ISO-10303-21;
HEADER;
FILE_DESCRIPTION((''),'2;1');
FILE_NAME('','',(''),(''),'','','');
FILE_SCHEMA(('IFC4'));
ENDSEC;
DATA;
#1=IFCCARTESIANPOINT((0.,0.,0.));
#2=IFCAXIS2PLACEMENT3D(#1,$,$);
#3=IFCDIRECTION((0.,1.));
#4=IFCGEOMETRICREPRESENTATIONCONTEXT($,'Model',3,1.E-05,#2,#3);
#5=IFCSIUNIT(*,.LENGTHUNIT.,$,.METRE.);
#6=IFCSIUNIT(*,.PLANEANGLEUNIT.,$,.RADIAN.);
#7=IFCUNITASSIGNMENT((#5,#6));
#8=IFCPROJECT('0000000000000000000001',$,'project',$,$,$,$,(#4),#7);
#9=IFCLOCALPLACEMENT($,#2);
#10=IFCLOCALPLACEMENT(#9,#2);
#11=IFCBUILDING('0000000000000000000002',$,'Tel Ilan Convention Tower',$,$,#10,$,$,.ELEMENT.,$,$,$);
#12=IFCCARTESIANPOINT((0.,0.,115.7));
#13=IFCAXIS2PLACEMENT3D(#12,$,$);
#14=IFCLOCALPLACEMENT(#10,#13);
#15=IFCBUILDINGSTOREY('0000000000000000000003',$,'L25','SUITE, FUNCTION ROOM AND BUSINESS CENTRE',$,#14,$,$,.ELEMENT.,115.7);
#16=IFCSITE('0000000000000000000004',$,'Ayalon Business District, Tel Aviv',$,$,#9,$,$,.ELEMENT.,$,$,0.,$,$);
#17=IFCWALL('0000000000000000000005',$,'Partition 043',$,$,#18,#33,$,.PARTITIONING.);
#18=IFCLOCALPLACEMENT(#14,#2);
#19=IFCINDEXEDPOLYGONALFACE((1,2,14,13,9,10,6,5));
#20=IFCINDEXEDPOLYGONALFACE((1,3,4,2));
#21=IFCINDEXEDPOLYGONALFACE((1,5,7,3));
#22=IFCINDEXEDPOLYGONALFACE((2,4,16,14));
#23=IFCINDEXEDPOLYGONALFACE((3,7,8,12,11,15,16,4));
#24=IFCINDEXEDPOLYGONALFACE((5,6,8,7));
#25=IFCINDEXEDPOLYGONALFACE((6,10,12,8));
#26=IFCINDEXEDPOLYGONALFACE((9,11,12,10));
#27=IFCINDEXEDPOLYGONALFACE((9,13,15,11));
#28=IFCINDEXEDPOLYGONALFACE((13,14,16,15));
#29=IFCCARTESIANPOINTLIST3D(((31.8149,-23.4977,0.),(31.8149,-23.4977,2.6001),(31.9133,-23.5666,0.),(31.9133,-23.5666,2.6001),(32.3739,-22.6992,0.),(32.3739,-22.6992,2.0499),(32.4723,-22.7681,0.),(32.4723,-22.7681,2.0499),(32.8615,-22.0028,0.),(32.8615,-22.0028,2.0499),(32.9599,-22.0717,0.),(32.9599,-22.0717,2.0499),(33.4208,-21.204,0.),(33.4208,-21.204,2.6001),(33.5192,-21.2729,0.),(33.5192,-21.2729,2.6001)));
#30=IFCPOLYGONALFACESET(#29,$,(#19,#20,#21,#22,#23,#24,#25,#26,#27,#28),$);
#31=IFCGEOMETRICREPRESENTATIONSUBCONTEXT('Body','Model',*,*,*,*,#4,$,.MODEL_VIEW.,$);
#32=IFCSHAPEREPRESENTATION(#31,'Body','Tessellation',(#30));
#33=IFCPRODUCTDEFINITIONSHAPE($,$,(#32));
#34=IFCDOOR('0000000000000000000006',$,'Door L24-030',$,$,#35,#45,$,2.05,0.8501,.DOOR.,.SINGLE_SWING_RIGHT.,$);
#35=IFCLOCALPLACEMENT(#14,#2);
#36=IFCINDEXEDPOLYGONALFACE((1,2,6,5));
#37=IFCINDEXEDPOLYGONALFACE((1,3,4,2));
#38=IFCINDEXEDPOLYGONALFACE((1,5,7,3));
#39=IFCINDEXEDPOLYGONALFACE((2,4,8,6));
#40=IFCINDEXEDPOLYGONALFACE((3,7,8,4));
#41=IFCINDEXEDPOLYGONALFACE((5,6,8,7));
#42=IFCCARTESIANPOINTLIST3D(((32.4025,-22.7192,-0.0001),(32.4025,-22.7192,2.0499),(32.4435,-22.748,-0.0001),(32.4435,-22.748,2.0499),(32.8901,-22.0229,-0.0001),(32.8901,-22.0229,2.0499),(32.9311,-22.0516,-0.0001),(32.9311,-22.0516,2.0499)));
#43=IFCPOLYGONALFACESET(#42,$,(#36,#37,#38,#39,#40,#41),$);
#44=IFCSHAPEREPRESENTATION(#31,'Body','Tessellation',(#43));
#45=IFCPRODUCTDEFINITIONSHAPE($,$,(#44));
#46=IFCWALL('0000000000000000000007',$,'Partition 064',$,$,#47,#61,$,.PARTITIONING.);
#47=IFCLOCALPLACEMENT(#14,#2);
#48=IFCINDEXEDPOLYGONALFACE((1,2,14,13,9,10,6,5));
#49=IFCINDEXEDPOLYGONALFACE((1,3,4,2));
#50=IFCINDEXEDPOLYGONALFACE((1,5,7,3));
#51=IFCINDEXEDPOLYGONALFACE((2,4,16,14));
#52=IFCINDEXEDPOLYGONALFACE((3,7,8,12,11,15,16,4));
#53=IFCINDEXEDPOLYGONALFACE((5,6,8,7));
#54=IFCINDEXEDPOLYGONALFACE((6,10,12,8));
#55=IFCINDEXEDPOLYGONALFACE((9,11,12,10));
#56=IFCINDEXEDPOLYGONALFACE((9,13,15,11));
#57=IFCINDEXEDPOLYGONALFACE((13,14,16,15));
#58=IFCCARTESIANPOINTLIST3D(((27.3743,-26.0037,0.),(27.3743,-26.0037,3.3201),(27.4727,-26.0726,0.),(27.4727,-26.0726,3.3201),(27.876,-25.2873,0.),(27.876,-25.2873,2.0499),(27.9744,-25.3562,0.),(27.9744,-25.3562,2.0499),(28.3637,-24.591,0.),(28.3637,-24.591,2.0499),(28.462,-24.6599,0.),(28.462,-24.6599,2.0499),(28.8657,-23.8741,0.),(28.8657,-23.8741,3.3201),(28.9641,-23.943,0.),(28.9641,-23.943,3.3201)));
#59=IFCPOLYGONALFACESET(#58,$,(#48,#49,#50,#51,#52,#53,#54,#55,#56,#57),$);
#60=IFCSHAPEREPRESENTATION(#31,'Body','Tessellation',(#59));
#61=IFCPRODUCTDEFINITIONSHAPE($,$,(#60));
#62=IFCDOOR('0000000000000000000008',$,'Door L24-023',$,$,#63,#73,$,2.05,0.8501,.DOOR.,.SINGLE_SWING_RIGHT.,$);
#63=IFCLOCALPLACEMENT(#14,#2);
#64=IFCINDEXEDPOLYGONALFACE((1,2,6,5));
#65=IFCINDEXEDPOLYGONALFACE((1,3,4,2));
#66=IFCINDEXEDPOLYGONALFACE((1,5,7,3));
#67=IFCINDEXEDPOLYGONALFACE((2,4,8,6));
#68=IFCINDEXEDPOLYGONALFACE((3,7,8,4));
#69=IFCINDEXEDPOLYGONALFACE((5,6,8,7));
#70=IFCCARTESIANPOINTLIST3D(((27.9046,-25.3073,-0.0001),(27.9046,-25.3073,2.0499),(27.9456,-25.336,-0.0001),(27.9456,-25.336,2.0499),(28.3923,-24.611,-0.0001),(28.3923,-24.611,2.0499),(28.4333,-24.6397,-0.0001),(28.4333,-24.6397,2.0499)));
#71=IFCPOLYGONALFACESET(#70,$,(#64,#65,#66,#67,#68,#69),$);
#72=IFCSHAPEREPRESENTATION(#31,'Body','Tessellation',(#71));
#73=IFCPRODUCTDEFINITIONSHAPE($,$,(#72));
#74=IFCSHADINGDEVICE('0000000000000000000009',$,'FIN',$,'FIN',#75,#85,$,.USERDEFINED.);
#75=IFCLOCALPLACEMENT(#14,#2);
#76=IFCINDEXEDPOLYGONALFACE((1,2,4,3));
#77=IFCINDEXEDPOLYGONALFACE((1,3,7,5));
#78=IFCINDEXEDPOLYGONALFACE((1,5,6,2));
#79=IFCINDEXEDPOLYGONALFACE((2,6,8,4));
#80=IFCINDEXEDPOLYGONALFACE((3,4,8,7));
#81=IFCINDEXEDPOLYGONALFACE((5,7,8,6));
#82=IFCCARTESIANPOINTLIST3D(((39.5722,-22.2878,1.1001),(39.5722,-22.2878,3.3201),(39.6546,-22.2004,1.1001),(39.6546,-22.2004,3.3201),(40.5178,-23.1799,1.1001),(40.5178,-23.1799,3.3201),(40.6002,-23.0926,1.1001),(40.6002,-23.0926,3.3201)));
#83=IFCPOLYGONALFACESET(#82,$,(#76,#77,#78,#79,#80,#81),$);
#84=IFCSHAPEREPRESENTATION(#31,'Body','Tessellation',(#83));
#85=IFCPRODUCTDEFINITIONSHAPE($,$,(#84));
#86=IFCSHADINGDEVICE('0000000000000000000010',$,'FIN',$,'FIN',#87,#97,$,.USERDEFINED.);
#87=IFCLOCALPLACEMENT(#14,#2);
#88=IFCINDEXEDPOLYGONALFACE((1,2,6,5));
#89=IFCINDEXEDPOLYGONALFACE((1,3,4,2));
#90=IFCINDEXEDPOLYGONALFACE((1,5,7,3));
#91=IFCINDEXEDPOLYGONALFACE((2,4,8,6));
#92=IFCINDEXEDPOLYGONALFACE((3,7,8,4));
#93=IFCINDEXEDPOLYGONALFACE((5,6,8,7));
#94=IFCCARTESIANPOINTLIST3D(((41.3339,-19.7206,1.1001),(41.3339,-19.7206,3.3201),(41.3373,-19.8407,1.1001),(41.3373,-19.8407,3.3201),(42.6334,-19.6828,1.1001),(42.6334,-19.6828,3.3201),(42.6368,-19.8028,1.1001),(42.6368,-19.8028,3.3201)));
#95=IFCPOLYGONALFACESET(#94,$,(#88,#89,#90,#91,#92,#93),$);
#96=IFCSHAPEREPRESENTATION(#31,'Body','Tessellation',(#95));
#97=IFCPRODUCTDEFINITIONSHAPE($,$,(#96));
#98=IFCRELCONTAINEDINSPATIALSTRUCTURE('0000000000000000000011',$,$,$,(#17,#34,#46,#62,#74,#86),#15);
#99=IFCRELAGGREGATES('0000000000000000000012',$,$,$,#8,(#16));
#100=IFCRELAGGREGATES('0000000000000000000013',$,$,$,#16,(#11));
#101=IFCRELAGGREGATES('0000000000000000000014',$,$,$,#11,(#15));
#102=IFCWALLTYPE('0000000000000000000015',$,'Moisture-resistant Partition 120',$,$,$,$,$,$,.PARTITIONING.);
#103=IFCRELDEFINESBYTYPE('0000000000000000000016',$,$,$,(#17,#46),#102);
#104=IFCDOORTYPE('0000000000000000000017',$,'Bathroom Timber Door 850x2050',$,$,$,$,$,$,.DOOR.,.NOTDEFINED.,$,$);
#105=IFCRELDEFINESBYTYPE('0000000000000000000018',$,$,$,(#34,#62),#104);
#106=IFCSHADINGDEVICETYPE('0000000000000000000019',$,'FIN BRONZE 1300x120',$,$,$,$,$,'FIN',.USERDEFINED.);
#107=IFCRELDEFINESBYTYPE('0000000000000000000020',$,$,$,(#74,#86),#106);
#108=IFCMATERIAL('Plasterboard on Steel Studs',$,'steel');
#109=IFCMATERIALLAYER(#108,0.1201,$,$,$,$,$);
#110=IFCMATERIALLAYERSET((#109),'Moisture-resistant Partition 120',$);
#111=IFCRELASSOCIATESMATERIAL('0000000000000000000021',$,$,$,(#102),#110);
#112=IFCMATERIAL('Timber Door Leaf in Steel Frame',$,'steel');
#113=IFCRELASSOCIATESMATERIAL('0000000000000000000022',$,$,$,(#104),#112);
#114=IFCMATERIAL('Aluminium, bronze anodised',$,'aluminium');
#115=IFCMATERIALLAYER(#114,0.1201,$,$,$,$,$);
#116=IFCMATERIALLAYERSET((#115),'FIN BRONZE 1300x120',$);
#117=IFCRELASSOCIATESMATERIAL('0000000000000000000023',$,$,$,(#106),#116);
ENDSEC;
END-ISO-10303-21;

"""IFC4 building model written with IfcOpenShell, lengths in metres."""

from ifc_helpers import new_model, si_unit, direction, frame, frame_2d, origin, origin_2d, place, context, subcontext, project, spatial, rectangle, extrude, material, layer, layer_set, type_object, element, fill, save


model = new_model("IFC4")

# Units and contexts
model_context = context("Model", 3, precision=1e-05, world=origin(), true_north=direction((0.0, 1.0)))
body_context = subcontext(model_context, "Body", "Model", "MODEL_VIEW")
ifc_project = project(units=[si_unit("LENGTHUNIT", "METRE"), si_unit("PLANEANGLEUNIT", "RADIAN")], contexts=[model_context])

# Site, building, storey
site_placement = place(None, origin())
site = spatial("IfcSite", under=ifc_project, at=site_placement, Name="Ayalon Business District, Tel Aviv", CompositionType="ELEMENT", RefElevation=0.0)
building_placement = place(site_placement, origin())
building = spatial("IfcBuilding", under=site, at=building_placement, Name="Tel Ilan Convention Tower", CompositionType="ELEMENT")
storey_placement = place(building_placement, frame((0.0, 0.0, 115.7)))
storey = spatial("IfcBuildingStorey", under=building, at=storey_placement, Name="L25", Description="SUITE, FUNCTION ROOM AND BUSINESS CENTRE", CompositionType="ELEMENT", Elevation=115.7)

# Shared definitions
ifc_material_1 = material(Name="Plasterboard on Steel Studs", Category="steel")
ifc_layer_1 = layer(ifc_material_1, 0.1201)
ifc_layer_set_1 = layer_set([ifc_layer_1], Name="Moisture-resistant Partition 120")
wall_type_1 = type_object("IfcWallType", Name="Moisture-resistant Partition 120", PredefinedType="PARTITIONING", material=ifc_layer_set_1)

# Walls, openings, doors
wall_1_placement = place(storey_placement, frame((33.47, -21.2385, 0.0), z_axis=(0.0, 0.0, 1.0), x_axis=(-0.57355, -0.81917, 0.0)))
wall_1 = element("IfcWall", 1, at=wall_1_placement, inside=storey, type_object=wall_type_1, Name="Partition 043", PredefinedType="PARTITIONING", context=body_context, shape_type="SweptSolid", body=[
    extrude(rectangle(XDim=2.8, YDim=0.1201, at=frame_2d((1.3999, 0.0))), origin(), (0.0, 0.0, 1.0), 2.6001),
])
opening_1_placement = place(wall_1_placement, frame((0.9751, 0.0, 0.0)))
opening_1 = element("IfcOpeningElement", 2, at=opening_1_placement, cuts=wall_1, PredefinedType="OPENING", context=body_context, shape_type="SweptSolid", body=[
    extrude(rectangle(XDim=0.8501, YDim=2.05, at=frame_2d((0.425, 1.0249))), frame((0.0, 0.0701, 0.0), z_axis=(0.0, -1.0, 0.0), x_axis=(1.0, 0.0, 0.0)), (0.0, 0.0, 1.0), 0.1401),
])
ifc_material_2 = material(Name="Timber Door Leaf in Steel Frame", Category="steel")
door_type_1 = type_object("IfcDoorType", Name="Bathroom Timber Door 850x2050", OperationType="NOTDEFINED", PredefinedType="DOOR", material=ifc_material_2)
door_1_placement = place(opening_1_placement, origin())
door_1 = element("IfcDoor", 3, at=door_1_placement, inside=storey, type_object=door_type_1, Name="Door L24-030", OperationType="SINGLE_SWING_RIGHT", OverallHeight=2.05, OverallWidth=0.8501, PredefinedType="DOOR", context=body_context, shape_type="SweptSolid", body=[
    extrude(rectangle(XDim=0.8501, YDim=2.05, at=frame_2d((0.425, 1.0249))), frame((0.0, 0.0249, 0.0), z_axis=(0.0, -1.0, 0.0), x_axis=(1.0, 0.0, 0.0)), (0.0, 0.0, 1.0), 0.05),
])
fill(opening_1, door_1)
wall_2_placement = place(storey_placement, frame((28.9148, -23.9087, 0.0), z_axis=(0.0, 0.0, 1.0), x_axis=(-0.573645, -0.819104, 0.0)))
wall_2 = element("IfcWall", 4, at=wall_2_placement, inside=storey, type_object=wall_type_1, Name="Partition 064", PredefinedType="PARTITIONING", context=body_context, shape_type="SweptSolid", body=[
    extrude(rectangle(XDim=2.5999, YDim=0.1201, at=frame_2d((1.2998, 0.0))), origin(), (0.0, 0.0, 1.0), 3.3201),
])
opening_2_placement = place(wall_2_placement, frame((0.875, 0.0, 0.0)))
opening_2 = element("IfcOpeningElement", 5, at=opening_2_placement, cuts=wall_2, PredefinedType="OPENING", context=body_context, shape_type="SweptSolid", body=[
    extrude(rectangle(XDim=0.8501, YDim=2.05, at=frame_2d((0.425, 1.0249))), frame((0.0, 0.0701, 0.0), z_axis=(0.0, -1.0, 0.0), x_axis=(1.0, 0.0, 0.0)), (0.0, 0.0, 1.0), 0.1401),
])
door_2_placement = place(opening_2_placement, origin())
door_2 = element("IfcDoor", 6, at=door_2_placement, inside=storey, type_object=door_type_1, Name="Door L24-023", OperationType="SINGLE_SWING_RIGHT", OverallHeight=2.05, OverallWidth=0.8501, PredefinedType="DOOR", context=body_context, shape_type="SweptSolid", body=[
    extrude(rectangle(XDim=0.8501, YDim=2.05, at=frame_2d((0.425, 1.0249))), frame((0.0, 0.0249, 0.0), z_axis=(0.0, -1.0, 0.0), x_axis=(1.0, 0.0, 0.0)), (0.0, 0.0, 1.0), 0.05),
])
fill(opening_2, door_2)

# Shading devices
ifc_material_3 = material(Name="Aluminium, bronze anodised", Category="aluminium")
ifc_layer_2 = layer(ifc_material_3, 0.1201)
ifc_layer_set_2 = layer_set([ifc_layer_2], Name="FIN BRONZE 1300x120")
shading_device_type = type_object("IfcShadingDeviceType", Name="FIN BRONZE 1300x120", ElementType="FIN", PredefinedType="USERDEFINED", material=ifc_layer_set_2)
for number, where, z_axis, x_axis, name in (
    (7, (40.0862, -22.6902, 1.1001), (0.0, 0.0, 1.0), (0.727374, -0.686242, 0.0), "FIN"),
    (8, (41.9854, -19.7617, 1.1001), (0.0, 0.0, 1.0), (0.999577, 0.029085, 0.0), "FIN"),
):
    element("IfcShadingDevice", number, at=place(storey_placement, frame(where, z_axis=z_axis, x_axis=x_axis)), inside=storey, type_object=shading_device_type, Name=name, ObjectType="FIN", PredefinedType="USERDEFINED", context=body_context, shape_type="SweptSolid", body=[
        extrude(rectangle(XDim=1.3, YDim=0.1201, at=origin_2d()), origin(), (0.0, 0.0, 1.0), 2.22),
    ])

save(model, "model.ifc")
